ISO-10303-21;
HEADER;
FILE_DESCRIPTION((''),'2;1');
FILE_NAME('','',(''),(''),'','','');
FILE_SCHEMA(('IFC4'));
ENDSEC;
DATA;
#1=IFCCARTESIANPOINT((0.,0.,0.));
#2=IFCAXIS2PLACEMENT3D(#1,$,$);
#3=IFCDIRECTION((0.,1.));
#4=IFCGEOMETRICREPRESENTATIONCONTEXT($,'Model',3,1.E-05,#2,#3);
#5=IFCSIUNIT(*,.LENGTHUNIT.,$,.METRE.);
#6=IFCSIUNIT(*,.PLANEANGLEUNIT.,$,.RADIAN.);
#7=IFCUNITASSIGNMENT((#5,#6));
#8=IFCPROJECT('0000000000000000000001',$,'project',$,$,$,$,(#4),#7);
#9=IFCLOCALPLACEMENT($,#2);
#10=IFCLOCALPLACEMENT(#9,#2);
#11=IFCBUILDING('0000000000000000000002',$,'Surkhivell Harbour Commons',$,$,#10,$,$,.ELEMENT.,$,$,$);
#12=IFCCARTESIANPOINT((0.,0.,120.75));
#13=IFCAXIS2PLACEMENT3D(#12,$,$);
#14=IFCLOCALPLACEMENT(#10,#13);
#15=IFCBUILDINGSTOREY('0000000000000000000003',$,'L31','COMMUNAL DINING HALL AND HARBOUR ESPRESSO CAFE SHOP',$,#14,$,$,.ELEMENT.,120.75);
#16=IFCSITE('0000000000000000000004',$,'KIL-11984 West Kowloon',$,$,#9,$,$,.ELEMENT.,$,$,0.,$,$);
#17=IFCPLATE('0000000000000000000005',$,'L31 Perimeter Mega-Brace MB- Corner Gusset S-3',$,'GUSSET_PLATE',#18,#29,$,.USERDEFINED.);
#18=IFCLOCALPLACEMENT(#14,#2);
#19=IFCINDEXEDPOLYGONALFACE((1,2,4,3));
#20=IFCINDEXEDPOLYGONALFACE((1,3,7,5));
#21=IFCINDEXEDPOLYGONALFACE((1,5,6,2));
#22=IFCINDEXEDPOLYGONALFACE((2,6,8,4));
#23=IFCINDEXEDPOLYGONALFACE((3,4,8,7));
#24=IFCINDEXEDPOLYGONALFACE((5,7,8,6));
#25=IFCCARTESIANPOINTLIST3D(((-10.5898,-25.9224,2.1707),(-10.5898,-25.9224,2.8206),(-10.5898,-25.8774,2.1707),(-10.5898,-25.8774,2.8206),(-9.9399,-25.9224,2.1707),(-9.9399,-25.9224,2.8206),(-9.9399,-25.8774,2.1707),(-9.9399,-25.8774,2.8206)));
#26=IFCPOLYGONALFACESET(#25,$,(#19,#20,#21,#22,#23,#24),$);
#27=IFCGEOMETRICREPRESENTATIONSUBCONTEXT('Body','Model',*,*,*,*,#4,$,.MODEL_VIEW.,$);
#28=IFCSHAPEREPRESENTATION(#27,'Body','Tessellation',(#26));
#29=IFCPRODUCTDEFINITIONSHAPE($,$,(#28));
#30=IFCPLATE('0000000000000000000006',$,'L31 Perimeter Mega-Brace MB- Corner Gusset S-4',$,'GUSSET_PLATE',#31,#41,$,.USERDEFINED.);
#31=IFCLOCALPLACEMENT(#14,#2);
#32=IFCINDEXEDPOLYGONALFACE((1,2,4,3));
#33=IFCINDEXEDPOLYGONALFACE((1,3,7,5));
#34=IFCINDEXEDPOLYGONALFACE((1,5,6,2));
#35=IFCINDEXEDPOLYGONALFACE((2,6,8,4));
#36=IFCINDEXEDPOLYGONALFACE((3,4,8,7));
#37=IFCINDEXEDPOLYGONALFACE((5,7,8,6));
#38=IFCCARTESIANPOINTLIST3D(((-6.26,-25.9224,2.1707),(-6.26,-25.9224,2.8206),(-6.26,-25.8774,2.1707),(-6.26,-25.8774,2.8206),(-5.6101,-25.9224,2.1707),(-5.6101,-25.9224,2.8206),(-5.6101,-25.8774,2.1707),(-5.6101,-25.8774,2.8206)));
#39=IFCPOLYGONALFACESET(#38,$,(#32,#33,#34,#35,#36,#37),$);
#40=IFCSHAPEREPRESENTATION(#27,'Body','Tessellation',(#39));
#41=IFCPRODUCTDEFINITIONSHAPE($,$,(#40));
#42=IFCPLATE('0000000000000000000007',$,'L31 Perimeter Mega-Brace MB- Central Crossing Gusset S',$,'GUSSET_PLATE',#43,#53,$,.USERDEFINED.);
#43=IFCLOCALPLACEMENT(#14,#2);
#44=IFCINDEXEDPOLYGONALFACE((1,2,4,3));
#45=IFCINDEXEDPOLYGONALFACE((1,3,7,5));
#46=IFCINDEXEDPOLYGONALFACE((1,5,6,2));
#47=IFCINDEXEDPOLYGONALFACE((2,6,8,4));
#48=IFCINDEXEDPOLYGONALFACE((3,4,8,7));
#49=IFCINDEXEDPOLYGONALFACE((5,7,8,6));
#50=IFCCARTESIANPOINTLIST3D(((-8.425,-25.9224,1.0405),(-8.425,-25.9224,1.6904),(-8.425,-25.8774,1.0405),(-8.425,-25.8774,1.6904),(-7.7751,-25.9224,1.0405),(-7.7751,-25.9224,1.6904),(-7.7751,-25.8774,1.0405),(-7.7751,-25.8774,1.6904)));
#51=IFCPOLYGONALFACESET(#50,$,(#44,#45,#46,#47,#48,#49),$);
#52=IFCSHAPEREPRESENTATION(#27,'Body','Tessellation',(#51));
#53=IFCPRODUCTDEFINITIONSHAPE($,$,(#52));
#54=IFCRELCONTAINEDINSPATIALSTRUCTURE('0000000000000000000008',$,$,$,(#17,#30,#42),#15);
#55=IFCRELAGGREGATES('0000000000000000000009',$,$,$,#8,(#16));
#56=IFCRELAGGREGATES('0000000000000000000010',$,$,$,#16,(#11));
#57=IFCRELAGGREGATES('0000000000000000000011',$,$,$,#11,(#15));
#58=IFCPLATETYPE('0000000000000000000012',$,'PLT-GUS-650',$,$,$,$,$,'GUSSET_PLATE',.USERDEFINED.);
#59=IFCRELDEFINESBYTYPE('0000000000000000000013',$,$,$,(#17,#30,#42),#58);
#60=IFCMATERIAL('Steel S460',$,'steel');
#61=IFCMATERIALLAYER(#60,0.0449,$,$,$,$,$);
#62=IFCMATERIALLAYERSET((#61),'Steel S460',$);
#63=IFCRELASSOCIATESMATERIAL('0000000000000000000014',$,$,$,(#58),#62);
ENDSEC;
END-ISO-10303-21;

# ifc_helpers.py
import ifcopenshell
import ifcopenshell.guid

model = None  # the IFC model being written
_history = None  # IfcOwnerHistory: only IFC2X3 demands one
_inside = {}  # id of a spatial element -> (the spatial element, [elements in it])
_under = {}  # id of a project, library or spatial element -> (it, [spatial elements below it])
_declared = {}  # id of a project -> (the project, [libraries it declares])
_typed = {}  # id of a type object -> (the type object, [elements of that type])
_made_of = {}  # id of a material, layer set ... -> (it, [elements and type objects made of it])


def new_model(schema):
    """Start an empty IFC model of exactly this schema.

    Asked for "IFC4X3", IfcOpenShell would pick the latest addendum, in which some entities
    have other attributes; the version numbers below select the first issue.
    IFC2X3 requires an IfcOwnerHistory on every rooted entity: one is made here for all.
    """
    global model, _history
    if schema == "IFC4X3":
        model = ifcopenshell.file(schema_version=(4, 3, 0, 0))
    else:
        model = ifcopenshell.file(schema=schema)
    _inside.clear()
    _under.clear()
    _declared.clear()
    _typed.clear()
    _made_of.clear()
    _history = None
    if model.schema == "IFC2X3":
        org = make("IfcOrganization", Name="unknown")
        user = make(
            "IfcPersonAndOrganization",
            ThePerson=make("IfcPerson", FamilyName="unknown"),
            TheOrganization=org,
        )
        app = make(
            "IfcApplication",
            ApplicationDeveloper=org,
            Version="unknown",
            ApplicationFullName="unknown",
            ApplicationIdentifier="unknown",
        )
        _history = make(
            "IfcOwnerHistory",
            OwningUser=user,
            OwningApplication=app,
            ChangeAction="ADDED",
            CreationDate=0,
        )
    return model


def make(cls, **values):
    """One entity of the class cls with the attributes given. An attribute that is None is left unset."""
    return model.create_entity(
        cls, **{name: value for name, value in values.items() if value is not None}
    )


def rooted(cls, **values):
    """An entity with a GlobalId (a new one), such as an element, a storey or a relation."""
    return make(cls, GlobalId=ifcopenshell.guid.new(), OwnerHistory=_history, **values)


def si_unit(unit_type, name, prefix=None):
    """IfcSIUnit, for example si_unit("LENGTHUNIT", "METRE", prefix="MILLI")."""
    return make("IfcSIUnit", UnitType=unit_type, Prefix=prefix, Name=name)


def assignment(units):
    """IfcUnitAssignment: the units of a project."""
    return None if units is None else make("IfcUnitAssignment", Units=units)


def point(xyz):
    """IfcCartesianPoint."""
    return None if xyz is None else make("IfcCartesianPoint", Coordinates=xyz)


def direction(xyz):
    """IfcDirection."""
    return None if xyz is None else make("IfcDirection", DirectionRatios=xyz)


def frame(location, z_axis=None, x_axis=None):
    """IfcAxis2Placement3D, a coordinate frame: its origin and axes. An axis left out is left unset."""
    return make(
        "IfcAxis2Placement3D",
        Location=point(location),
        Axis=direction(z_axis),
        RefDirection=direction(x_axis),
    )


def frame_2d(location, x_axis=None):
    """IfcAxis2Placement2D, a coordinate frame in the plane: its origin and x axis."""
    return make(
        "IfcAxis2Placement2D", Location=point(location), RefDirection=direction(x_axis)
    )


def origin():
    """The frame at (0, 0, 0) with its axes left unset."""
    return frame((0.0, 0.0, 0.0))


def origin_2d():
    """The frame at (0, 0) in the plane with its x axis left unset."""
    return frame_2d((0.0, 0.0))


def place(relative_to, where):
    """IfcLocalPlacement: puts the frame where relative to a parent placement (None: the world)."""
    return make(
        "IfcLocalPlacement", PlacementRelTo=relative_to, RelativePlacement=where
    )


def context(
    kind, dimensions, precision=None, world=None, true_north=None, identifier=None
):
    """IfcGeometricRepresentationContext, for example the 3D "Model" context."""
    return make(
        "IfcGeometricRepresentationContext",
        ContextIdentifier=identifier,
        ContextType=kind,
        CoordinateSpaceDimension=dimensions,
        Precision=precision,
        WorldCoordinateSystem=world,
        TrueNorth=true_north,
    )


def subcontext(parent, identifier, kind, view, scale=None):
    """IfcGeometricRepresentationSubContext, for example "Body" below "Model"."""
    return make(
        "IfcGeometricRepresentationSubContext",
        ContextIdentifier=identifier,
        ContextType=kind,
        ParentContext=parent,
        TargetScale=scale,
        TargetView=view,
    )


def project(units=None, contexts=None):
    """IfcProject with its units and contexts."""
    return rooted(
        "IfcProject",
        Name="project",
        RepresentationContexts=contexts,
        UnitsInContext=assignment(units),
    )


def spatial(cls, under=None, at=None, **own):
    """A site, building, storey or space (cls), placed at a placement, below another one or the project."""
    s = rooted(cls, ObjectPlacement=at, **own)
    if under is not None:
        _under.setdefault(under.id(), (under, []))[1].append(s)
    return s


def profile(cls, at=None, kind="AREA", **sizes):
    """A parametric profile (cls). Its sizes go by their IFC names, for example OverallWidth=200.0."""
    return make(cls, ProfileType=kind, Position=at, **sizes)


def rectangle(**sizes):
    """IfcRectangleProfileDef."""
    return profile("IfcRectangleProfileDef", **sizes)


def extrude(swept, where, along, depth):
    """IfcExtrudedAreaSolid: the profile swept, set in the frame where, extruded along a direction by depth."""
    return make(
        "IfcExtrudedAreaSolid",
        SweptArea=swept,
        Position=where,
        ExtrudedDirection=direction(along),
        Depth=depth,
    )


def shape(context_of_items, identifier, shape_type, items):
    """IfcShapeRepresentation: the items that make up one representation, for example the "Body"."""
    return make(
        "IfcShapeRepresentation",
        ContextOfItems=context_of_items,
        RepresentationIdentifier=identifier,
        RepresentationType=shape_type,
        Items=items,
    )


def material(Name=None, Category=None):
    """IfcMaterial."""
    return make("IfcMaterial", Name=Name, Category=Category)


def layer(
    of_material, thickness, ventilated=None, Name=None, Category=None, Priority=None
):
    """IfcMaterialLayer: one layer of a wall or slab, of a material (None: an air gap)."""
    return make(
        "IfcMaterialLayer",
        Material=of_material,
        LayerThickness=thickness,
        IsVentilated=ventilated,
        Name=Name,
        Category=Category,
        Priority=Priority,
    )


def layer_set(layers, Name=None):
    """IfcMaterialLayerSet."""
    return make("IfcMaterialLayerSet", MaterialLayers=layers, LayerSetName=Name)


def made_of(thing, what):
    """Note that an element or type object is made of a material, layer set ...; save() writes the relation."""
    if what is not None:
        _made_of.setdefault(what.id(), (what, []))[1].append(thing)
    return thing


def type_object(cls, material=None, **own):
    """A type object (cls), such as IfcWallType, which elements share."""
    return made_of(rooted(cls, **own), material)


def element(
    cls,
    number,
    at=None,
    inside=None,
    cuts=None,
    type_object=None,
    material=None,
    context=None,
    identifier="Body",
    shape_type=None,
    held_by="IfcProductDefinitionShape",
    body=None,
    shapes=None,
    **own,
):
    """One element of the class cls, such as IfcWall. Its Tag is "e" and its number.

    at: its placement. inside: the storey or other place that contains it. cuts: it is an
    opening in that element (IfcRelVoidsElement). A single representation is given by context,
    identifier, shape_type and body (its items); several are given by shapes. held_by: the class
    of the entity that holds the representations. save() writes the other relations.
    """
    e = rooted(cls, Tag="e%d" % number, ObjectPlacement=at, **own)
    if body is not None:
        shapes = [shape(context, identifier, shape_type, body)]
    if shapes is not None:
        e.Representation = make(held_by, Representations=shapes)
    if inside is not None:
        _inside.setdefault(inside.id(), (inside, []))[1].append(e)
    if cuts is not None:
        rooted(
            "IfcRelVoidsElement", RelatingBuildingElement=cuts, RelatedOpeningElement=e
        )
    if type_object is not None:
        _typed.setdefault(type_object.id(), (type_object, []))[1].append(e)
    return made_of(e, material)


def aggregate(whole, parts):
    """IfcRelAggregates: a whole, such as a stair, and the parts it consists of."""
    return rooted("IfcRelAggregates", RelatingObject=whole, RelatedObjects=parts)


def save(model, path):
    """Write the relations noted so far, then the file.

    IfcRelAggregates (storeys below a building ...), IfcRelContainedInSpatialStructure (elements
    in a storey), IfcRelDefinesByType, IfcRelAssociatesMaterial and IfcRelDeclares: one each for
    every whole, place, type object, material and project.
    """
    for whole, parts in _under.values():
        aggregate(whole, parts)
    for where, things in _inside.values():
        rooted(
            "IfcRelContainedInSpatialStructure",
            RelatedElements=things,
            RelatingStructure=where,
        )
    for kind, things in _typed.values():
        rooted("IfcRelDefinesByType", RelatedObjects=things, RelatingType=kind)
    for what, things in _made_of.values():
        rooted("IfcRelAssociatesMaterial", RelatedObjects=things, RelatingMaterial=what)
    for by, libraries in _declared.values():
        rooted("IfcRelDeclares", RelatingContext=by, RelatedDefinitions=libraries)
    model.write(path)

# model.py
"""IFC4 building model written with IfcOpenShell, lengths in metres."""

from ifc_helpers import new_model, si_unit, direction, frame, origin, origin_2d, place, context, subcontext, project, spatial, rectangle, extrude, material, layer, layer_set, type_object, element, save


model = new_model("IFC4")

# Units and contexts
model_context = context("Model", 3, precision=1e-05, world=origin(), true_north=direction((0.0, 1.0)))
body_context = subcontext(model_context, "Body", "Model", "MODEL_VIEW")
ifc_project = project(units=[si_unit("LENGTHUNIT", "METRE"), si_unit("PLANEANGLEUNIT", "RADIAN")], contexts=[model_context])

# Site, building, storey
site_placement = place(None, origin())
site = spatial("IfcSite", under=ifc_project, at=site_placement, Name="KIL-11984 West Kowloon", CompositionType="ELEMENT", RefElevation=0.0)
building_placement = place(site_placement, origin())
building = spatial("IfcBuilding", under=site, at=building_placement, Name="Surkhivell Harbour Commons", CompositionType="ELEMENT")
storey_placement = place(building_placement, frame((0.0, 0.0, 120.75)))
storey = spatial("IfcBuildingStorey", under=building, at=storey_placement, Name="L31", Description="COMMUNAL DINING HALL AND HARBOUR ESPRESSO CAFE SHOP", CompositionType="ELEMENT", Elevation=120.75)

# Shared definitions
ifc_material_1 = material(Name="Steel S460", Category="steel")

# Plates
ifc_layer_1 = layer(ifc_material_1, 0.0449)
ifc_layer_set_1 = layer_set([ifc_layer_1], Name="Steel S460")
plate_type_1 = type_object("IfcPlateType", Name="PLT-GUS-650", ElementType="GUSSET_PLATE", PredefinedType="USERDEFINED", material=ifc_layer_set_1)
for number, where, z_axis, x_axis, name in (
    (1, (-10.2649, -25.8999, 2.1707), (0.0, 0.0, 1.0), (1.0, 0.0, 0.0), "L31 Perimeter Mega-Brace MB- Corner Gusset S-3"),
    (2, (-5.9351, -25.8999, 2.1707), (0.0, 0.0, 1.0), (1.0, 0.0, 0.0), "L31 Perimeter Mega-Brace MB- Corner Gusset S-4"),
    (3, (-8.1001, -25.8999, 1.0405), (0.0, 0.0, 1.0), (1.0, 0.0, 0.0), "L31 Perimeter Mega-Brace MB- Central Crossing Gusset S"),
):
    element("IfcPlate", number, at=place(storey_placement, frame(where, z_axis=z_axis, x_axis=x_axis)), inside=storey, type_object=plate_type_1, Name=name, ObjectType="GUSSET_PLATE", PredefinedType="USERDEFINED", context=body_context, shape_type="SweptSolid", body=[
        extrude(rectangle(XDim=0.6499, YDim=0.0449, at=origin_2d()), origin(), (0.0, 0.0, 1.0), 0.6499),
    ])

save(model, "model.ifc")
